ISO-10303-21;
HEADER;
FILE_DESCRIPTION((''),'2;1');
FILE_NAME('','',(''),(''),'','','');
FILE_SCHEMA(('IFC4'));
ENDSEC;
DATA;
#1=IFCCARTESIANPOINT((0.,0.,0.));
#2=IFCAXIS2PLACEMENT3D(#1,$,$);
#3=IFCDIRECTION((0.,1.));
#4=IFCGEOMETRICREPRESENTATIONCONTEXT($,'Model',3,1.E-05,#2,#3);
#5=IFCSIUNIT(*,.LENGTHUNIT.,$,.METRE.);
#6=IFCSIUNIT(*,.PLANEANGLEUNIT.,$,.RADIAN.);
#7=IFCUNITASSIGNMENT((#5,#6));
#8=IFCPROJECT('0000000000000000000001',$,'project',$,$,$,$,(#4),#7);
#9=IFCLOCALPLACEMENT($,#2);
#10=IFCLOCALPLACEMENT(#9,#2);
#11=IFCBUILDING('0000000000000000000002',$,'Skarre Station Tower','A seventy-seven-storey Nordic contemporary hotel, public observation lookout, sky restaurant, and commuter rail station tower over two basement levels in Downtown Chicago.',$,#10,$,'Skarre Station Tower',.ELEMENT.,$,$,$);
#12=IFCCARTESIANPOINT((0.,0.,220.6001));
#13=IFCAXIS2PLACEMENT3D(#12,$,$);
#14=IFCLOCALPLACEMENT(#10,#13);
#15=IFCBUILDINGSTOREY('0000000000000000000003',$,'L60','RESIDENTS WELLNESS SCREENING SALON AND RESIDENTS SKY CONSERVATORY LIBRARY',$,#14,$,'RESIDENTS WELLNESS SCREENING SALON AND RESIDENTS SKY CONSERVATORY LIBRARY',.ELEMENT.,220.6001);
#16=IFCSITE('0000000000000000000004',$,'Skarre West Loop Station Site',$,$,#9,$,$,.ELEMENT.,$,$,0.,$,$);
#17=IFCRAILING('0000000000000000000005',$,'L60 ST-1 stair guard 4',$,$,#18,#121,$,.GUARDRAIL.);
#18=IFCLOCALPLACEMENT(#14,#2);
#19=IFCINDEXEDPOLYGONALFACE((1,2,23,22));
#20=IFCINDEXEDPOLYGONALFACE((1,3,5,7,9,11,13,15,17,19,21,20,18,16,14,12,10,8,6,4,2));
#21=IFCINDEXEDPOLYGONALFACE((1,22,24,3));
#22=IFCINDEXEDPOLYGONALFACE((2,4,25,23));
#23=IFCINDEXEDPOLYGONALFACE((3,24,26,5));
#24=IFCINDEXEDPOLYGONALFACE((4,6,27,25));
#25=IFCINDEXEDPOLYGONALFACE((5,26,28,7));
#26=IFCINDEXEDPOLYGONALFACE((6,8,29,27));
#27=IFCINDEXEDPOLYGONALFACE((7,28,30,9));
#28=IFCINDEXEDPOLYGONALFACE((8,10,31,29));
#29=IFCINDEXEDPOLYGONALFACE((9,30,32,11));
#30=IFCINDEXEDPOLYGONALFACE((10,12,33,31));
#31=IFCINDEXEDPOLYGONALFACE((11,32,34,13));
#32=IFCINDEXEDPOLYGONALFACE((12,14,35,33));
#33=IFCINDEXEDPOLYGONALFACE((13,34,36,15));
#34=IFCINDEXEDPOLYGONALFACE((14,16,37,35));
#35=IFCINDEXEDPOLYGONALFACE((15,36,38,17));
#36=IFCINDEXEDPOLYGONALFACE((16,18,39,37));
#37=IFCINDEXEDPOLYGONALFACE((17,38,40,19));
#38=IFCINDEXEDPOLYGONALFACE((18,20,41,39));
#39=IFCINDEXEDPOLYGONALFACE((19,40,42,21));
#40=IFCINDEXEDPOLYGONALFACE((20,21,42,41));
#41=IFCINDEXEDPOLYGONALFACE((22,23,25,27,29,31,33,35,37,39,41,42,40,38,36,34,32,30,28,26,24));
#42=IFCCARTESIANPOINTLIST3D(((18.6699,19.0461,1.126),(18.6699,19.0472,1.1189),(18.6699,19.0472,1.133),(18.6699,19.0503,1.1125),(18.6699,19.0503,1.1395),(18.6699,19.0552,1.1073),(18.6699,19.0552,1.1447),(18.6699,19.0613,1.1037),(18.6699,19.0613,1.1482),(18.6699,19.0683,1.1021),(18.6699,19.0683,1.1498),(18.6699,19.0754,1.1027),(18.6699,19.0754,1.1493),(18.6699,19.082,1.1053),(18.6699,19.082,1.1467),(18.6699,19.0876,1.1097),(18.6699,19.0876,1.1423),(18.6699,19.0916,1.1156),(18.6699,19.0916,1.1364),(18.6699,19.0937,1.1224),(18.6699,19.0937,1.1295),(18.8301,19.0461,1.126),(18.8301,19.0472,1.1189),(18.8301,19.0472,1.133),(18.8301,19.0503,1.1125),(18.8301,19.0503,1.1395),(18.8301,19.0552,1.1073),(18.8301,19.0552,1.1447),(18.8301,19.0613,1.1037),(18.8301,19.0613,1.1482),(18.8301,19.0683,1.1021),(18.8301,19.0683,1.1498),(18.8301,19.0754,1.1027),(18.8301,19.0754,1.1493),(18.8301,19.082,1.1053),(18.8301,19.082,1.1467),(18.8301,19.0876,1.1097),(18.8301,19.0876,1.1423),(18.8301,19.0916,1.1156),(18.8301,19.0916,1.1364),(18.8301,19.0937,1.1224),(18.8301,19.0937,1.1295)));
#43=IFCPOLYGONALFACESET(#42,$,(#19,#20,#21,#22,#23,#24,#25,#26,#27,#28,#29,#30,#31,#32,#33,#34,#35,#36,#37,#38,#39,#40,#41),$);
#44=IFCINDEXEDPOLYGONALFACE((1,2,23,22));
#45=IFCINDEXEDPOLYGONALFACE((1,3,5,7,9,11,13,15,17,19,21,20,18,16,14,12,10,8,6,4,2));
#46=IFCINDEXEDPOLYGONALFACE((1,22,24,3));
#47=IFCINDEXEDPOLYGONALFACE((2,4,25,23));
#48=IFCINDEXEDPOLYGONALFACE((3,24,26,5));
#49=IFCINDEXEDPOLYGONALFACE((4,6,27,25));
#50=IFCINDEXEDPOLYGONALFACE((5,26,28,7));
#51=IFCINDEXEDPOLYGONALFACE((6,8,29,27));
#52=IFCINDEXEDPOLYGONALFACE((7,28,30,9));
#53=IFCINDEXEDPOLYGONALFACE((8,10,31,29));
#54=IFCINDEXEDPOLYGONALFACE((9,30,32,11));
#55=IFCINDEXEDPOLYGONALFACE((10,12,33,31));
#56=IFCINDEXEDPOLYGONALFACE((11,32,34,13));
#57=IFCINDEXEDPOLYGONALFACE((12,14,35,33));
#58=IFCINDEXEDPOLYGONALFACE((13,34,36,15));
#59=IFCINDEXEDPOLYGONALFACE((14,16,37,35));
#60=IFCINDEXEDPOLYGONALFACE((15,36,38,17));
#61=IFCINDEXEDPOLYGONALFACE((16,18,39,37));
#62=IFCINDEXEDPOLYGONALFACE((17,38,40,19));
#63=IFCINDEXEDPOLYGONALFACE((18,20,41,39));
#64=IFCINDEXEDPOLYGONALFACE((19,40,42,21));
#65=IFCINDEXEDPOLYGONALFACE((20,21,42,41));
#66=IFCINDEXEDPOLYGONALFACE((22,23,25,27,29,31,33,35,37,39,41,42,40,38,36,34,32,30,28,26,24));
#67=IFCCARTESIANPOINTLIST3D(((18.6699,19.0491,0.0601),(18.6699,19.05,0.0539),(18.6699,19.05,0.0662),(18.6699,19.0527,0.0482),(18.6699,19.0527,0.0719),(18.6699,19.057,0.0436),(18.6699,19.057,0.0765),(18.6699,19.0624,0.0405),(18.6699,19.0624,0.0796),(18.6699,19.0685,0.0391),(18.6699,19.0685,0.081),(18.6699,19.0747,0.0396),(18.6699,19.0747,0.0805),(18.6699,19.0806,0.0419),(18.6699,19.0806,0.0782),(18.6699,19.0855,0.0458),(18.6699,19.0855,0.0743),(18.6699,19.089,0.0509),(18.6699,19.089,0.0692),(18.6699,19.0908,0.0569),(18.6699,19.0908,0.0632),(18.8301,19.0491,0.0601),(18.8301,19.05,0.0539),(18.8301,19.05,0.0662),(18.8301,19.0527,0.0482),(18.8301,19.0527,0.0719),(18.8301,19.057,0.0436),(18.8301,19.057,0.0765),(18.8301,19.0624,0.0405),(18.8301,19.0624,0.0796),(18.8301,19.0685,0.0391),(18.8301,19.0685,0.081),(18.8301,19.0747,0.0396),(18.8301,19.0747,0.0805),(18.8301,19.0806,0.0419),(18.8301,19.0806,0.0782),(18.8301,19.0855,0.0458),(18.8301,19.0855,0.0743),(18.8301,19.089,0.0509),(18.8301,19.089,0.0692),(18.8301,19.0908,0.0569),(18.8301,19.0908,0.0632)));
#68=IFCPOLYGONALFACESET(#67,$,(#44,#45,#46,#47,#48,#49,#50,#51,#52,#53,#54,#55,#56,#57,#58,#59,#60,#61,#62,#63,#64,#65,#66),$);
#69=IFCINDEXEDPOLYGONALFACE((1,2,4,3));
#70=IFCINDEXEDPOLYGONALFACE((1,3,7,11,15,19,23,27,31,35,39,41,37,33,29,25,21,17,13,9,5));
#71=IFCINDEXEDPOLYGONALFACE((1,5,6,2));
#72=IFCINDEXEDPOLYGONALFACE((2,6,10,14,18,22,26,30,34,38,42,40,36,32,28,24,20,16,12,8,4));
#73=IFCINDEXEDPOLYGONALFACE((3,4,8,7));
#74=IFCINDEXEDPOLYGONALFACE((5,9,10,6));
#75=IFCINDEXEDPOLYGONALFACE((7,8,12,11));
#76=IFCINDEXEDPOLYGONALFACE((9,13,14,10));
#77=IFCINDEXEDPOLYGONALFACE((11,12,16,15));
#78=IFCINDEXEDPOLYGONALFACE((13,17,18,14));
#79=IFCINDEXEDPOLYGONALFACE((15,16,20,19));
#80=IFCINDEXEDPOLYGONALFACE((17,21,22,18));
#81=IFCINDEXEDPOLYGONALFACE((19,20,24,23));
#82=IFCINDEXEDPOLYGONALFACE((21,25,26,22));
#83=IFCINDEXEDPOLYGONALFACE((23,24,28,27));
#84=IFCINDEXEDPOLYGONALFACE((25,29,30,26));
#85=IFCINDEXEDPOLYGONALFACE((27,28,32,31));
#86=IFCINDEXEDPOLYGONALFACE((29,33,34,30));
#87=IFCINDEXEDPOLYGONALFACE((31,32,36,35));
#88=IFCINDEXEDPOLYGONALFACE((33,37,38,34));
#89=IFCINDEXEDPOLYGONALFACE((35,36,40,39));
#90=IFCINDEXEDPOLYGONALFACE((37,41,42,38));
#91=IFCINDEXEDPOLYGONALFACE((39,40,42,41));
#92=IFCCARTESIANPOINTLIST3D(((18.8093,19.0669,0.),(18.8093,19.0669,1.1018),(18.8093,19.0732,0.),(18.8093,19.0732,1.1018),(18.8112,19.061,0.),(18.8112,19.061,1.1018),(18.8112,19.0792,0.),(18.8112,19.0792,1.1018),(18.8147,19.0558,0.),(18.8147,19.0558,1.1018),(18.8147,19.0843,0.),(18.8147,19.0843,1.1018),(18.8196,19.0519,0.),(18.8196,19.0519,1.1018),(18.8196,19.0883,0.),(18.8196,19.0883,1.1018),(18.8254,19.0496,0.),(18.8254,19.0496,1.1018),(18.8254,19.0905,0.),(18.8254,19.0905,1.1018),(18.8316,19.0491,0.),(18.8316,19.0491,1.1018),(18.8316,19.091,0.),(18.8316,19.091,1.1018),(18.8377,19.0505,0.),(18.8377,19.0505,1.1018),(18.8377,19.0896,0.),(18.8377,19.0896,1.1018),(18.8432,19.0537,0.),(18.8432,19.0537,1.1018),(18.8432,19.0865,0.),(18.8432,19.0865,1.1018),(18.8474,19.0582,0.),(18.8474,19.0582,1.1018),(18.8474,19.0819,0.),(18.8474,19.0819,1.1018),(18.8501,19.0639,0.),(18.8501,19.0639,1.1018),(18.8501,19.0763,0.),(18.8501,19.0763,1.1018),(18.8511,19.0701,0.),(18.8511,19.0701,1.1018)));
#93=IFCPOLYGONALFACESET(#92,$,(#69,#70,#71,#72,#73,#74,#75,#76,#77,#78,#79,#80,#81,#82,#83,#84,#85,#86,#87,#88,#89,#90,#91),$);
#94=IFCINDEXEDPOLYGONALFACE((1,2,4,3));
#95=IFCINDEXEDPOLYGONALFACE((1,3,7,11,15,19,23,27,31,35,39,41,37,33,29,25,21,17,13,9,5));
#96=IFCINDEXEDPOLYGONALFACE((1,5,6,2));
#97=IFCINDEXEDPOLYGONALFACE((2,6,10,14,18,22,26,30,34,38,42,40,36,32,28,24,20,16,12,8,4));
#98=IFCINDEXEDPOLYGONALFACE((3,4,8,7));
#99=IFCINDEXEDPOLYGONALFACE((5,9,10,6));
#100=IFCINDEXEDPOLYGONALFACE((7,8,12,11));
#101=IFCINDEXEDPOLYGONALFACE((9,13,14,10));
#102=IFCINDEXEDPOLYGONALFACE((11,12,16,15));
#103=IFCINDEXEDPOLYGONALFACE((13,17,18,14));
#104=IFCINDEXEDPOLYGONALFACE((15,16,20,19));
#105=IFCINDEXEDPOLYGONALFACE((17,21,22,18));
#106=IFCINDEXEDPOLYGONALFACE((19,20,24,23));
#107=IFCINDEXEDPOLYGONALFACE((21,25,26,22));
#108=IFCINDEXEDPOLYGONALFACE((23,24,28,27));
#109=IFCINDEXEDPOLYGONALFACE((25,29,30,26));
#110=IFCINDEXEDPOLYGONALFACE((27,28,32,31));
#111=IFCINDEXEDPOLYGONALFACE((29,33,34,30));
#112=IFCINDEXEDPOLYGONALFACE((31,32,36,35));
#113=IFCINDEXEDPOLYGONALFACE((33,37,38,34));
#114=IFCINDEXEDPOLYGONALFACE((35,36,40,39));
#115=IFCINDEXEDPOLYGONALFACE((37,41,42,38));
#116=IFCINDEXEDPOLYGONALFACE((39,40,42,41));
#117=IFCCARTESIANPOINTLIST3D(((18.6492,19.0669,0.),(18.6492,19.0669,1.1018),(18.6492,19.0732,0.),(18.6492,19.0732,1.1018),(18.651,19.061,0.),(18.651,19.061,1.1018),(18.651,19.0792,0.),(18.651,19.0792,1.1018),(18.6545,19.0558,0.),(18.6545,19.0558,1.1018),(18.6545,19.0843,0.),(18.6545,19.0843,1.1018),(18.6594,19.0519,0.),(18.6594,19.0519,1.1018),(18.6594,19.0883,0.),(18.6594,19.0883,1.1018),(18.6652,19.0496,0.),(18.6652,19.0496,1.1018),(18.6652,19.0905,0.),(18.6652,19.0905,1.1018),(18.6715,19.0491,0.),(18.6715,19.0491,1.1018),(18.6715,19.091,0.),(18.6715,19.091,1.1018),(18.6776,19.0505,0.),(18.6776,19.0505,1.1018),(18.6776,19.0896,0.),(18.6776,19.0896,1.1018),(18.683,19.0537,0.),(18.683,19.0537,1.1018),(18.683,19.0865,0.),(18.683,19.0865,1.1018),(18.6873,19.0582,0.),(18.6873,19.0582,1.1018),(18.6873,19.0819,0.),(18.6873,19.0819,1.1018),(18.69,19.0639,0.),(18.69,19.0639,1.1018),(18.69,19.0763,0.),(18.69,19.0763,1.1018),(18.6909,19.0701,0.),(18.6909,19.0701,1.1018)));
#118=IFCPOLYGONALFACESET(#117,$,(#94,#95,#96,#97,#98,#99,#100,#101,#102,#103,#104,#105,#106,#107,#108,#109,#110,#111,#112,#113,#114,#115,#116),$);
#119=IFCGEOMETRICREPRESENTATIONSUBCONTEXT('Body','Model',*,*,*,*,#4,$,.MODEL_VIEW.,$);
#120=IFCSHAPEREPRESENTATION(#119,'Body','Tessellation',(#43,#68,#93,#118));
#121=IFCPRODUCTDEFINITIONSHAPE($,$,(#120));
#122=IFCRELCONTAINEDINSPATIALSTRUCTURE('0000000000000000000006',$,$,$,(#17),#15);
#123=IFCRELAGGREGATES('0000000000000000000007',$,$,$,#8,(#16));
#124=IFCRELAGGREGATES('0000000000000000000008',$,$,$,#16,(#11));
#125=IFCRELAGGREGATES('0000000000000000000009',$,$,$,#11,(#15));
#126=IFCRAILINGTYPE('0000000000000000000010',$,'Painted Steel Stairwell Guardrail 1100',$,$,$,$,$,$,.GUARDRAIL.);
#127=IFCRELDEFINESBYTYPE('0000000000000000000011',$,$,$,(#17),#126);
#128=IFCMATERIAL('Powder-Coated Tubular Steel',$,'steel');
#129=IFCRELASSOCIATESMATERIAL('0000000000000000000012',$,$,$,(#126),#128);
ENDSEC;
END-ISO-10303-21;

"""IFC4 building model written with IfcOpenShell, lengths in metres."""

from ifc_helpers import new_model, si_unit, direction, frame, origin, origin_2d, place, context, subcontext, project, spatial, circle, extrude, material, type_object, element, save


model = new_model("IFC4")

# Units and contexts
model_context = context("Model", 3, precision=1e-05, world=origin(), true_north=direction((0.0, 1.0)))
body_context = subcontext(model_context, "Body", "Model", "MODEL_VIEW")
ifc_project = project(units=[si_unit("LENGTHUNIT", "METRE"), si_unit("PLANEANGLEUNIT", "RADIAN")], contexts=[model_context])

# Site, building, storey
site_placement = place(None, origin())
site = spatial("IfcSite", under=ifc_project, at=site_placement, Name="Skarre West Loop Station Site", CompositionType="ELEMENT", RefElevation=0.0)
building_placement = place(site_placement, origin())
building = spatial("IfcBuilding", under=site, at=building_placement, Name="Skarre Station Tower", Description="A seventy-seven-storey Nordic contemporary hotel, public observation lookout, sky restaurant, and commuter rail station tower over two basement levels in Downtown Chicago.", LongName="Skarre Station Tower", CompositionType="ELEMENT")
storey_placement = place(building_placement, frame((0.0, 0.0, 220.6001)))
storey = spatial("IfcBuildingStorey", under=building, at=storey_placement, Name="L60", Description="RESIDENTS WELLNESS SCREENING SALON AND RESIDENTS SKY CONSERVATORY LIBRARY", LongName="RESIDENTS WELLNESS SCREENING SALON AND RESIDENTS SKY CONSERVATORY LIBRARY", CompositionType="ELEMENT", Elevation=220.6001)

# Railing
ifc_material_1 = material(Name="Powder-Coated Tubular Steel", Category="steel")
railing_type_1 = type_object("IfcRailingType", Name="Painted Steel Stairwell Guardrail 1100", PredefinedType="GUARDRAIL", material=ifc_material_1)
railing_1_placement = place(storey_placement, frame((18.8301, 19.0701, 0.0)))
element("IfcRailing", 1, at=railing_1_placement, inside=storey, type_object=railing_type_1, Name="L60 ST-1 stair guard 4", PredefinedType="GUARDRAIL", context=body_context, shape_type="SweptSolid", body=[
    extrude(circle(Radius=0.0239, at=origin_2d()), frame((0.0, 0.0, 1.126), z_axis=(-1.0, 0.0, 0.0), x_axis=(0.0, -1.0, 0.0)), (0.0, 0.0, 1.0), 0.1602),
    extrude(circle(Radius=0.021, at=origin_2d()), frame((0.0, 0.0, 0.0601), z_axis=(-1.0, 0.0, 0.0), x_axis=(0.0, -1.0, 0.0)), (0.0, 0.0, 1.0), 0.1602),
    extrude(circle(Radius=0.021, at=origin_2d()), origin(), (0.0, 0.0, 1.0), 1.1018),
    extrude(circle(Radius=0.021, at=origin_2d()), frame((-0.1602, 0.0, 0.0)), (0.0, 0.0, 1.0), 1.1018),
])

save(model, "model.ifc")
